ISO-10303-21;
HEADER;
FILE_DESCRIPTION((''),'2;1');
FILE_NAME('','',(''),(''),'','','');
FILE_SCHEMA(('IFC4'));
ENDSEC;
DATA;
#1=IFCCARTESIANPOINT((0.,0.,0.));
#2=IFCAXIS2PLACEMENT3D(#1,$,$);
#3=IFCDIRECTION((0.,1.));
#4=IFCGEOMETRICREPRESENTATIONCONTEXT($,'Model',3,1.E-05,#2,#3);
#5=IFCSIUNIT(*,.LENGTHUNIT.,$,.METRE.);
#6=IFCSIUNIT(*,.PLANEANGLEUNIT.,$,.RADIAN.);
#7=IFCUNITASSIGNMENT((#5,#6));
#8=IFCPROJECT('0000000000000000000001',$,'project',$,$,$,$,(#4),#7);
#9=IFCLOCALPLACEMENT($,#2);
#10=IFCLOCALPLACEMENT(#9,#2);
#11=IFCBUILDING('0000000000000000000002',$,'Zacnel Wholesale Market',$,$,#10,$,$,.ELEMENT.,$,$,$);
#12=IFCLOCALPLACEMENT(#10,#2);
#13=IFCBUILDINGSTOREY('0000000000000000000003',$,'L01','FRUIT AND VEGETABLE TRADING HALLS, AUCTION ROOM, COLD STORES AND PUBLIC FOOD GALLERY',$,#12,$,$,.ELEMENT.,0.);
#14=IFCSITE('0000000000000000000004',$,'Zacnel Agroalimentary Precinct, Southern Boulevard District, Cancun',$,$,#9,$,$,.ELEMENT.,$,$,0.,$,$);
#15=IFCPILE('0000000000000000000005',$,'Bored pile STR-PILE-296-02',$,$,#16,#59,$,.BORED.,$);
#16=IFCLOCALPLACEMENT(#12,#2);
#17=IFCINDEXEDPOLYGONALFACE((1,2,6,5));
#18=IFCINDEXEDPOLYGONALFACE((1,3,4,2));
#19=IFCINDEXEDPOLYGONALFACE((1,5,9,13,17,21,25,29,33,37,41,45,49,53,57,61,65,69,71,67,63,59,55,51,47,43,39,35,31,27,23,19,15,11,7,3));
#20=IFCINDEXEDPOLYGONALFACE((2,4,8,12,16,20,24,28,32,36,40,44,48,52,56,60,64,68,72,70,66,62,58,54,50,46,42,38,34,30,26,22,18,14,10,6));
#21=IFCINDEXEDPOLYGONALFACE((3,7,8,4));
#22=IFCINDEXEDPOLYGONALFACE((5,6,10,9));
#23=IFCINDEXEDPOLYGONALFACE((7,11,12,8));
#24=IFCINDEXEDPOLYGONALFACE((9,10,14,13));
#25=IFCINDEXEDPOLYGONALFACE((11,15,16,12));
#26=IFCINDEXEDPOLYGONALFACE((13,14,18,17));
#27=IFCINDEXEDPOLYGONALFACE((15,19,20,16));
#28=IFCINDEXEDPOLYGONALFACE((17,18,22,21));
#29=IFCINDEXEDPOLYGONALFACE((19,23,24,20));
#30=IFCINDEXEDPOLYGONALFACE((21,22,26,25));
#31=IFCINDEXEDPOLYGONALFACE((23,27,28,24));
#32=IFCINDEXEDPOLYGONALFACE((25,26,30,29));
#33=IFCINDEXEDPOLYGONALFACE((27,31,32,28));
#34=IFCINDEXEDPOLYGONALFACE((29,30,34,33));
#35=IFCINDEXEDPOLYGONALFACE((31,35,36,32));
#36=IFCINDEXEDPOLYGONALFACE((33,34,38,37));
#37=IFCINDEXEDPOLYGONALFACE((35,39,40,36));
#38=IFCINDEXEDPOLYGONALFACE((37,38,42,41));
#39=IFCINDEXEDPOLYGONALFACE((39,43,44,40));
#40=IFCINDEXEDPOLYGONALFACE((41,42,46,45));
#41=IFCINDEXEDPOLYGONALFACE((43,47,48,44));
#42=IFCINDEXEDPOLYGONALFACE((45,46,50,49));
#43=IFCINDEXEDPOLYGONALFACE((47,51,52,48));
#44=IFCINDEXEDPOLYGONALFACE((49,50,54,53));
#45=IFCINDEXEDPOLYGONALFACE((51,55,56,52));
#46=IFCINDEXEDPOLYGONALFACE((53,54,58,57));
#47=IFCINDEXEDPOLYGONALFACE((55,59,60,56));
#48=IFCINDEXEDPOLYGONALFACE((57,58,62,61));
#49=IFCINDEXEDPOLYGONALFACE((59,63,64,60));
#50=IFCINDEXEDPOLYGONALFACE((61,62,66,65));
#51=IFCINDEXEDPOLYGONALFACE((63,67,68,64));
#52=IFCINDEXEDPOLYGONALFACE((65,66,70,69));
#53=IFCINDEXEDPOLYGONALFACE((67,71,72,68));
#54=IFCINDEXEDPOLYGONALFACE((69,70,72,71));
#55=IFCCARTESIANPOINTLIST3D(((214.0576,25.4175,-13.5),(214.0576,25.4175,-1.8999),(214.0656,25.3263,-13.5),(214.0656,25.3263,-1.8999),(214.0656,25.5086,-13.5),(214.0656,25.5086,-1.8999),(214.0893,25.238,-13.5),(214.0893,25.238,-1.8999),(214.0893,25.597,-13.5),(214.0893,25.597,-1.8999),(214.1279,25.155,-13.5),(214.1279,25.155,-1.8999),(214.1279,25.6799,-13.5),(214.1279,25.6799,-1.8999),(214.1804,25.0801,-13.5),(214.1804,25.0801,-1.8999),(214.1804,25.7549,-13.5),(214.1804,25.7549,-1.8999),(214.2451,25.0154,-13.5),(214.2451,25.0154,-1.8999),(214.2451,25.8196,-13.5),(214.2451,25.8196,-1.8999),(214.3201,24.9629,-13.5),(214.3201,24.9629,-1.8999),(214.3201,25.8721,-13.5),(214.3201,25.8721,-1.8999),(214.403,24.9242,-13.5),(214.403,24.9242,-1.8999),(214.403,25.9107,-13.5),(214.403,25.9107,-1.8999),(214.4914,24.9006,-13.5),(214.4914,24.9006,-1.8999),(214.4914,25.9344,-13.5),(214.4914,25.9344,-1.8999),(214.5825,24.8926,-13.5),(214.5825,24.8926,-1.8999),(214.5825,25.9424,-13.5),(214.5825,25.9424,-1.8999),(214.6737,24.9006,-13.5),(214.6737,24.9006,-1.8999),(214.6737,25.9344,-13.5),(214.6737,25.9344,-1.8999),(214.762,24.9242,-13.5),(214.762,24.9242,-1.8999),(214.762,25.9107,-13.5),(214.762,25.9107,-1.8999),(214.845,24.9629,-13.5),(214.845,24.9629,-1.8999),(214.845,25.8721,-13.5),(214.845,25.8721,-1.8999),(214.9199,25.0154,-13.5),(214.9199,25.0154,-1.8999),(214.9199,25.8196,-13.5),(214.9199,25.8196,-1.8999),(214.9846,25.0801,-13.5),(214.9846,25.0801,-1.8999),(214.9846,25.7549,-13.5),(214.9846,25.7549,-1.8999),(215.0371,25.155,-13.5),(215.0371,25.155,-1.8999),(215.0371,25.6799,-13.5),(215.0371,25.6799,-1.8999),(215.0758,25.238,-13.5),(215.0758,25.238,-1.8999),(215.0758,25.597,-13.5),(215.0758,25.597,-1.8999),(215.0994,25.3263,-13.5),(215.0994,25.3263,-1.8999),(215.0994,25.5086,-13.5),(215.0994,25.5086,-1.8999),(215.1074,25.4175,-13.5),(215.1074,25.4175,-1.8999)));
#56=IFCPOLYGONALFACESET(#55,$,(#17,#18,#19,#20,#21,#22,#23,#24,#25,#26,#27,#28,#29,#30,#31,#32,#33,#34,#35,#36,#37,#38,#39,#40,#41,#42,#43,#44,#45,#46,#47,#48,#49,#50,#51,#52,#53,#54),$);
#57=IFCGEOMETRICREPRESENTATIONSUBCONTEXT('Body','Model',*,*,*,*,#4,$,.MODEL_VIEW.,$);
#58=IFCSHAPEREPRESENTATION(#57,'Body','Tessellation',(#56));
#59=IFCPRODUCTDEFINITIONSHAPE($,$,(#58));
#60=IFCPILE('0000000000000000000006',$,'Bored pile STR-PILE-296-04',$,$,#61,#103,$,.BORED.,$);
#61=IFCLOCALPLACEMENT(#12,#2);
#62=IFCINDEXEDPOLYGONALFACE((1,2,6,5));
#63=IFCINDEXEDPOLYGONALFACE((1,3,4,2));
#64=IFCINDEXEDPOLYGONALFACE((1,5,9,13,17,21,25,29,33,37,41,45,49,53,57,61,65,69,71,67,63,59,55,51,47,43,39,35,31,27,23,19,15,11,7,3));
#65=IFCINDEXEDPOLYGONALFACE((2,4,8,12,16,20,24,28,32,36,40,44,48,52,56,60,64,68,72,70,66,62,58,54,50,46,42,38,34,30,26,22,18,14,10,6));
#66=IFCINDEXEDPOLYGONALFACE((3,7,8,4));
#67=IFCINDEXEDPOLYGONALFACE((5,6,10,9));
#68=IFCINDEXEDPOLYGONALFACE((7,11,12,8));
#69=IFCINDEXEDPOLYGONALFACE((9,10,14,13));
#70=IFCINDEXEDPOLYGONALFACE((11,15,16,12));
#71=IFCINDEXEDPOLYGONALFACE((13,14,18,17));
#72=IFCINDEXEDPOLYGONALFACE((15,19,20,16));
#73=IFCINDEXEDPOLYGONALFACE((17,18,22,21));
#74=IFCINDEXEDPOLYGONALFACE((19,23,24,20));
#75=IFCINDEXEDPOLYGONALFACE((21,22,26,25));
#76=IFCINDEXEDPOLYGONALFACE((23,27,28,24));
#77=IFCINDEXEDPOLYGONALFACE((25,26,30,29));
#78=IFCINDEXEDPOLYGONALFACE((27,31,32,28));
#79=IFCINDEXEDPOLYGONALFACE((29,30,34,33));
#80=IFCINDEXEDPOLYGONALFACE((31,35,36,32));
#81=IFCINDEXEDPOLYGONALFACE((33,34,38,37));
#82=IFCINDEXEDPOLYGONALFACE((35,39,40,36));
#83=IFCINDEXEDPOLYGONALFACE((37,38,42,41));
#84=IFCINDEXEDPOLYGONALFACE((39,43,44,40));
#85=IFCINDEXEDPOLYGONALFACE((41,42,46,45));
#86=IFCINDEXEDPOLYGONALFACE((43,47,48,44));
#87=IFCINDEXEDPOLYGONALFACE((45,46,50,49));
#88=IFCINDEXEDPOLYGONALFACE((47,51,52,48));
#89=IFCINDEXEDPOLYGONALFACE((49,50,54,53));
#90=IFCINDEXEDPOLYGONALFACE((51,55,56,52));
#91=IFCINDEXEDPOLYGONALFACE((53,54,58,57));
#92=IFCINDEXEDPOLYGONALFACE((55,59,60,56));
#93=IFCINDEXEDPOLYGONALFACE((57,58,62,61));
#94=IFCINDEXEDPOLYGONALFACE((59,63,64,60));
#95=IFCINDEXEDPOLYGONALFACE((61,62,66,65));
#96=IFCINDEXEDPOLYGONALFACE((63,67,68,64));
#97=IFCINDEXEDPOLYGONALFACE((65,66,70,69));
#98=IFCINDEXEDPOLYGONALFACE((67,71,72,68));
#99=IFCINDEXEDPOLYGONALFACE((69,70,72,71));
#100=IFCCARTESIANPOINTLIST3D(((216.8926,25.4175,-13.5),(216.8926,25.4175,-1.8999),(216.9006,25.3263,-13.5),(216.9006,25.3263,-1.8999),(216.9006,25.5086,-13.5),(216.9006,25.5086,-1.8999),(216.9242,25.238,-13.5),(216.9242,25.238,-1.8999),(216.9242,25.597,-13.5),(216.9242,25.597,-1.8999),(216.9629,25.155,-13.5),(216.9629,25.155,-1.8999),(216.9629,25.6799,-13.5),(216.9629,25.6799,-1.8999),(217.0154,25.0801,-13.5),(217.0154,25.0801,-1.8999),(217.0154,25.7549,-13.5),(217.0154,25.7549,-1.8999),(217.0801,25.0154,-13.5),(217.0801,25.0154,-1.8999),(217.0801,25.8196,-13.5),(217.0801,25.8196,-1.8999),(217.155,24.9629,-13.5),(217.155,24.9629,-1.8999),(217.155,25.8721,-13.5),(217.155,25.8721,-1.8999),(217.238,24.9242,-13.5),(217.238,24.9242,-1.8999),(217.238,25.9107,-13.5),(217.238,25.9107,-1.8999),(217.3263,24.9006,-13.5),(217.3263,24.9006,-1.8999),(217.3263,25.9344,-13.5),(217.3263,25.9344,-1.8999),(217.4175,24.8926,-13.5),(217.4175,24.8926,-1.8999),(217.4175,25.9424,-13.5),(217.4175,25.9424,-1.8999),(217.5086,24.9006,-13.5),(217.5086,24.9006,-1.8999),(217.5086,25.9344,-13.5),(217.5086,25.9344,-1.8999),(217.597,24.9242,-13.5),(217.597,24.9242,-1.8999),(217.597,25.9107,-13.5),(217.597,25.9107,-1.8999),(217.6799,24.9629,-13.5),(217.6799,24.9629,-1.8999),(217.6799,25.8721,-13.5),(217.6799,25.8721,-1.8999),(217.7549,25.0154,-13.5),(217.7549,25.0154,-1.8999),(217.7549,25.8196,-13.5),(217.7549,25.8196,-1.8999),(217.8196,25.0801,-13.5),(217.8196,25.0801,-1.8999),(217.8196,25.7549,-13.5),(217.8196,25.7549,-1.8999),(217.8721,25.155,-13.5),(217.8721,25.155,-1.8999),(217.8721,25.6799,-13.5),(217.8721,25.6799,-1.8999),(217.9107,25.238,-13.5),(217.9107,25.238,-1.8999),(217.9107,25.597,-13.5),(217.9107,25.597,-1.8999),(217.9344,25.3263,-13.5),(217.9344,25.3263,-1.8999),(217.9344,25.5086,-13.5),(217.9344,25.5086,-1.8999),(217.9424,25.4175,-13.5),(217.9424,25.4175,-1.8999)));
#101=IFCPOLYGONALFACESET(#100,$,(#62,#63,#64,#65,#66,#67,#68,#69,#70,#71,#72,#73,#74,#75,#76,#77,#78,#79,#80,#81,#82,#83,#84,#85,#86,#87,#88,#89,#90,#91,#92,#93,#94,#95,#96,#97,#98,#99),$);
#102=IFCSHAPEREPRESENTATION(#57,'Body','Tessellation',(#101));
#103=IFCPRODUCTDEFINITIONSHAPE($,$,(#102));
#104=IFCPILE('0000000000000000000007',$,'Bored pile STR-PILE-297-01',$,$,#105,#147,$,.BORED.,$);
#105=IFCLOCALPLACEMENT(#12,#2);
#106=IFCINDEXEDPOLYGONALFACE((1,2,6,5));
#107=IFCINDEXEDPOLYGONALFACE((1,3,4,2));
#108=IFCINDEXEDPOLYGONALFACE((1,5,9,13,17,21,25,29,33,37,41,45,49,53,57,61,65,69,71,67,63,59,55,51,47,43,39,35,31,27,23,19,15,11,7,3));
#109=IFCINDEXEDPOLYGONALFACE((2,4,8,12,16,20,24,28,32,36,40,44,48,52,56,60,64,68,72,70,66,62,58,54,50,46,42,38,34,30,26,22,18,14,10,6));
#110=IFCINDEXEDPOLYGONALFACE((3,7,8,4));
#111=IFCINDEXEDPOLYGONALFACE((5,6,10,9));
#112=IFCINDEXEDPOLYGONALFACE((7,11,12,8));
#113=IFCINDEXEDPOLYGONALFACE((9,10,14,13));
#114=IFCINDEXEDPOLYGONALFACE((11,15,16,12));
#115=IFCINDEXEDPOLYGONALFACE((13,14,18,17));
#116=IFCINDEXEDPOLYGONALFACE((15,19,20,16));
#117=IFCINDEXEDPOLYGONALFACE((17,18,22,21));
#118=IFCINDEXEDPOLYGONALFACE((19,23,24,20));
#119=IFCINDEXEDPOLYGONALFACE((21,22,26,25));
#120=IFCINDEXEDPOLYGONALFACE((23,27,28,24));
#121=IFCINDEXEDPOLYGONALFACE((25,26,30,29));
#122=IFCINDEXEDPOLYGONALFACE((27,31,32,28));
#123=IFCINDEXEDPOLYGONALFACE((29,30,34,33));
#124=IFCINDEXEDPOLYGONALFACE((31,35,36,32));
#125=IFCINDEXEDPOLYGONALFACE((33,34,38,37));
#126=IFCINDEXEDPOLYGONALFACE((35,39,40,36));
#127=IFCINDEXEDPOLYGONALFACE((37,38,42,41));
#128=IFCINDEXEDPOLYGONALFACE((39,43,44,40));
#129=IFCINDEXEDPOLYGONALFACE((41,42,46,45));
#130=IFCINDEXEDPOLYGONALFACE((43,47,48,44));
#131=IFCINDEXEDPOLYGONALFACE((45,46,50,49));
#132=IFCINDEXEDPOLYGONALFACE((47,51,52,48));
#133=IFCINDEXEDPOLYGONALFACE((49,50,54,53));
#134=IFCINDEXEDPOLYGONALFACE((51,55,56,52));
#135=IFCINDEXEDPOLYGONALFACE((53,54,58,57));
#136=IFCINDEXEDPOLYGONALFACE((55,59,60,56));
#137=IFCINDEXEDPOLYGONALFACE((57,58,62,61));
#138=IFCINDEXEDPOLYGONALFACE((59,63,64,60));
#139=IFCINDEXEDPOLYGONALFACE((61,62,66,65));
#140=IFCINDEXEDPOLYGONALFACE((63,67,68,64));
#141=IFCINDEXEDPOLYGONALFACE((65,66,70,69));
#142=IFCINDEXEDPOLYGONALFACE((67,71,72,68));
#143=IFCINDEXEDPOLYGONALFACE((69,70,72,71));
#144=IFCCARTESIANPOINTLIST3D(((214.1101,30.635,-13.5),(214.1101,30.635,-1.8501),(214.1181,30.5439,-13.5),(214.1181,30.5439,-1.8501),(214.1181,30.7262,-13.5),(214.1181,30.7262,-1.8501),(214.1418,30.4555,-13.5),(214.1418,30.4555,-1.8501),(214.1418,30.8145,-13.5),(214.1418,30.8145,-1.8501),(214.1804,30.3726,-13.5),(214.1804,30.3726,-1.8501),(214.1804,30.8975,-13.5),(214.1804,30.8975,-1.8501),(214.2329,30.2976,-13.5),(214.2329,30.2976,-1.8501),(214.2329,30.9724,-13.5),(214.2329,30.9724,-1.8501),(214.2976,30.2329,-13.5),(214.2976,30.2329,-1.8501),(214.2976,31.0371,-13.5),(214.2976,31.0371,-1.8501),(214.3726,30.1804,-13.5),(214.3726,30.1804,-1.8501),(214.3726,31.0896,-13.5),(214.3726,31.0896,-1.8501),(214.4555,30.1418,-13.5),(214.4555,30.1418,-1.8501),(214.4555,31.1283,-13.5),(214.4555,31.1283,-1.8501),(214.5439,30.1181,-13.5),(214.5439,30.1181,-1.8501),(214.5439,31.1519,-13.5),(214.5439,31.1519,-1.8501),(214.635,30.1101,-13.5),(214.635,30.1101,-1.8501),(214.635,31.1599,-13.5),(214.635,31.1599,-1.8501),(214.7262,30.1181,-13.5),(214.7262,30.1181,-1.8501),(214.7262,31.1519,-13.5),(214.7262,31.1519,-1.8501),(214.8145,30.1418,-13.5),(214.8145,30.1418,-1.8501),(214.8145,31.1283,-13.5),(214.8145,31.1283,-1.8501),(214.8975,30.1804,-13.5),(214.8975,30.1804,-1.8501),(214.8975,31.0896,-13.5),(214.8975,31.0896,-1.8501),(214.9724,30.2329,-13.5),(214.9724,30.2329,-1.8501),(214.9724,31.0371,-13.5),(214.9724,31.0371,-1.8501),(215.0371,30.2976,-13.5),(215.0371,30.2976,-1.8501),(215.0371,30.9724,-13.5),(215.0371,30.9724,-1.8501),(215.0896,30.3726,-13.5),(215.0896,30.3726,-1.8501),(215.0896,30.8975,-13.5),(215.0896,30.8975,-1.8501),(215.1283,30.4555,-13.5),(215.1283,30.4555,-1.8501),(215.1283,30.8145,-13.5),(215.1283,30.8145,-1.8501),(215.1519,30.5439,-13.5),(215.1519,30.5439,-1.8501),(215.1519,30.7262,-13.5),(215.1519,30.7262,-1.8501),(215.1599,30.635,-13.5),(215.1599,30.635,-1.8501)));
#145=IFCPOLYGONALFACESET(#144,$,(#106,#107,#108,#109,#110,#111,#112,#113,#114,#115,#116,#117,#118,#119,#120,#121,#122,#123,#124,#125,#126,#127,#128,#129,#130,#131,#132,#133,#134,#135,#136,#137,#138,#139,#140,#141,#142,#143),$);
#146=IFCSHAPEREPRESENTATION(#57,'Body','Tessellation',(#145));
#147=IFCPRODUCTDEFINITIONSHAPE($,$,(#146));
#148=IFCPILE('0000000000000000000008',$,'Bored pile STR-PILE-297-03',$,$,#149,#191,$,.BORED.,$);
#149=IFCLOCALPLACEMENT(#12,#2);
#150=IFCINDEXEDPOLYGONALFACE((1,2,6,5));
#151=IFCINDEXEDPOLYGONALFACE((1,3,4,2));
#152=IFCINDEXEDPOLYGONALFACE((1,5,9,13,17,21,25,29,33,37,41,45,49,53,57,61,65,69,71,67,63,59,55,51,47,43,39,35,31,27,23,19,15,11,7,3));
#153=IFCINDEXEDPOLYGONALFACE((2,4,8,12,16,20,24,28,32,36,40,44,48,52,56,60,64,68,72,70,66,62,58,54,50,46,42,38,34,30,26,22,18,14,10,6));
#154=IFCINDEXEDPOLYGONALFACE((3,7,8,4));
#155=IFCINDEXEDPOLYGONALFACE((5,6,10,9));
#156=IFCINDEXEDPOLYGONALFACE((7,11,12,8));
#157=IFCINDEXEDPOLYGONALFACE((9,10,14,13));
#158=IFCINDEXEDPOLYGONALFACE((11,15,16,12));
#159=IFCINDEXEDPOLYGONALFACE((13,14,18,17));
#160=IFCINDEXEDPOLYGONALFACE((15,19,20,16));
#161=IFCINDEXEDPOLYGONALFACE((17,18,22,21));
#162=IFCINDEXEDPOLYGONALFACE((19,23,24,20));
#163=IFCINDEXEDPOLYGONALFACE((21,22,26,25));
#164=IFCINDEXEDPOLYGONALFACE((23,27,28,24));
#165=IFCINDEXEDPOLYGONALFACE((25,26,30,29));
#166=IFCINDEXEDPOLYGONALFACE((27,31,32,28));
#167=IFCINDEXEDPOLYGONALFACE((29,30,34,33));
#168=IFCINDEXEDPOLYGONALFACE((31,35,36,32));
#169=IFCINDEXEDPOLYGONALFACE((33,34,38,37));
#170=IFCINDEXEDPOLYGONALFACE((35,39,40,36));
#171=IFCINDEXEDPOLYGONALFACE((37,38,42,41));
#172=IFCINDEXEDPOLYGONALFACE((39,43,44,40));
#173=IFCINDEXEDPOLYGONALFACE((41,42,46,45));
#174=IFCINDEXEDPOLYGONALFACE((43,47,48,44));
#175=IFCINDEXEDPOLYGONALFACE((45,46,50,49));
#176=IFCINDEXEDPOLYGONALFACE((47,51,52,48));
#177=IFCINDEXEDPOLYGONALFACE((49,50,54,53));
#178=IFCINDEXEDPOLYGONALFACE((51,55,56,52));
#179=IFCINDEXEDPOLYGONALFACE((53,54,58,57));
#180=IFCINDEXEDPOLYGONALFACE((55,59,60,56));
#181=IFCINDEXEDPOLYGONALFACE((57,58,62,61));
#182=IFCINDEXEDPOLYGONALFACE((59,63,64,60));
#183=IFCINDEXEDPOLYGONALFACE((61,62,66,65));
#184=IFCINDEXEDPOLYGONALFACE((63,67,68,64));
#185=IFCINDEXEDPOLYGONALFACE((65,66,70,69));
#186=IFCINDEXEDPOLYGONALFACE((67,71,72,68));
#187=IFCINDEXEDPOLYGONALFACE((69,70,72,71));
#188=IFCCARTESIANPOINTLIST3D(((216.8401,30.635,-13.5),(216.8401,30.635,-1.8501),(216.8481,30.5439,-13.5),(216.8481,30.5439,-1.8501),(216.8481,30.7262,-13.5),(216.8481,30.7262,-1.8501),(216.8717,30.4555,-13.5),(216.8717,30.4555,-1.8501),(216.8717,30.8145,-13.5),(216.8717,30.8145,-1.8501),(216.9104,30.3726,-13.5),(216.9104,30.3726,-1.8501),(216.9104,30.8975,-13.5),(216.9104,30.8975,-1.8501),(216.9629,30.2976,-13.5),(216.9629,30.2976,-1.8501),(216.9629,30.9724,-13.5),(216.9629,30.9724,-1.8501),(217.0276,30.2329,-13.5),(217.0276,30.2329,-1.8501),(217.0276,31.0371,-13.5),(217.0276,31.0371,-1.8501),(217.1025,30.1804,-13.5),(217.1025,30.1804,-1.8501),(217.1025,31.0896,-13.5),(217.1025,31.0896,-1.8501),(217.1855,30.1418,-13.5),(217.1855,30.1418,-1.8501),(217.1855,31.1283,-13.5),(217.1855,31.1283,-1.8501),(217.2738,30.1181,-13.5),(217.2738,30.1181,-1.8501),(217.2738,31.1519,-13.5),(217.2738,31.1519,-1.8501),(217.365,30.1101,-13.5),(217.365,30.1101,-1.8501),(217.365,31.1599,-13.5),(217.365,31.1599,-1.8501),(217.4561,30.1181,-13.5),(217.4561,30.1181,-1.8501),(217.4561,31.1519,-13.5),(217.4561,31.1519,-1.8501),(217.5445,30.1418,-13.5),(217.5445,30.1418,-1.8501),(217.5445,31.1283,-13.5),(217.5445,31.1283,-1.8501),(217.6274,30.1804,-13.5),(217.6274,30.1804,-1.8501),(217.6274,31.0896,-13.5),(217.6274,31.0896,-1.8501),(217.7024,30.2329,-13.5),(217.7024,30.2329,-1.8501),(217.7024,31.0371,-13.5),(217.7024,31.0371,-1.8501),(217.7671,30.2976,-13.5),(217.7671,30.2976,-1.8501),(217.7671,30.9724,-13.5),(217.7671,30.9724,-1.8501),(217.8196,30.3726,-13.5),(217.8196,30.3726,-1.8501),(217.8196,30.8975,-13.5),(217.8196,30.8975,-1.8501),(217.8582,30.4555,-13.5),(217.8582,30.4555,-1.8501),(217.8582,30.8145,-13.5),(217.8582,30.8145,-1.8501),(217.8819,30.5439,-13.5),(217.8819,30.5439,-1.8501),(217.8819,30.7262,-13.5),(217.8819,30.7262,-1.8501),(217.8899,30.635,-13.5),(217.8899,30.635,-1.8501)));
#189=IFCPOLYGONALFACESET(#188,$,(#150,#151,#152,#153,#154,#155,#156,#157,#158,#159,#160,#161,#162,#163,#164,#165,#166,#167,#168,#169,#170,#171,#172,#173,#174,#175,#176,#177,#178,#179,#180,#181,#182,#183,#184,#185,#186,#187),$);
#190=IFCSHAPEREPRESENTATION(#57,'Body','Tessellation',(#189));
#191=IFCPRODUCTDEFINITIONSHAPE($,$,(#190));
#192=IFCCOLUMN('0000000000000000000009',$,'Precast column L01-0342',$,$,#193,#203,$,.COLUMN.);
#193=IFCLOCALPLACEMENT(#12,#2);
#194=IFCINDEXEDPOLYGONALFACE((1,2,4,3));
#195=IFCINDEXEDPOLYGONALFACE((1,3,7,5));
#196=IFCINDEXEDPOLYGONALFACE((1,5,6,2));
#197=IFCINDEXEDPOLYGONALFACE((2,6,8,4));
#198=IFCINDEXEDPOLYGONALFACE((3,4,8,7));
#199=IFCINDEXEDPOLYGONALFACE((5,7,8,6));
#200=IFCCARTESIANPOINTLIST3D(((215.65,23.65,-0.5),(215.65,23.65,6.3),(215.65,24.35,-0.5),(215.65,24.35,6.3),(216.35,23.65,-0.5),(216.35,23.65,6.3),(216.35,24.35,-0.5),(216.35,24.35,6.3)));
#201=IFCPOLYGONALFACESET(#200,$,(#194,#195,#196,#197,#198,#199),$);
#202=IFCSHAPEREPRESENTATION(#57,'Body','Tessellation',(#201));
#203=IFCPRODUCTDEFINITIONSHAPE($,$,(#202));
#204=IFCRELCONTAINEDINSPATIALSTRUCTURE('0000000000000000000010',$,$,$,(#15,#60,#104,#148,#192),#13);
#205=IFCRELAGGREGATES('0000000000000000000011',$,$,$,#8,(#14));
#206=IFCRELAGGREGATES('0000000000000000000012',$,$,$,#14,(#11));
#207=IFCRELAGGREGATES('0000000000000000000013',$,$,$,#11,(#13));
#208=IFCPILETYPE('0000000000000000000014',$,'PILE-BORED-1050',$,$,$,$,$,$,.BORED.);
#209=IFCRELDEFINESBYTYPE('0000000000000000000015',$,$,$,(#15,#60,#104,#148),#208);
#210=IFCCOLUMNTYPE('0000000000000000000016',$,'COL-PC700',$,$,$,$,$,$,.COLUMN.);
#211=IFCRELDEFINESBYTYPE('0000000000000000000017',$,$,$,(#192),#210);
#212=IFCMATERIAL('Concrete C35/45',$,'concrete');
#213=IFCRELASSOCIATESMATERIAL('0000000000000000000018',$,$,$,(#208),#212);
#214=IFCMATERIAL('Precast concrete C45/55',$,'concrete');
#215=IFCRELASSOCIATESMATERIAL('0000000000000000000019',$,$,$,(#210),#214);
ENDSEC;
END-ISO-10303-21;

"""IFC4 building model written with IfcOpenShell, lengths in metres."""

from ifc_helpers import new_model, si_unit, direction, frame, origin, origin_2d, place, context, subcontext, project, spatial, rectangle, circle, extrude, material, material_profile, profile_set, type_object, element, save


model = new_model("IFC4")

# Units and contexts
model_context = context("Model", 3, precision=1e-05, world=origin(), true_north=direction((0.0, 1.0)))
body_context = subcontext(model_context, "Body", "Model", "MODEL_VIEW")
ifc_project = project(units=[si_unit("LENGTHUNIT", "METRE"), si_unit("PLANEANGLEUNIT", "RADIAN")], contexts=[model_context])

# Site, building, storey
site_placement = place(None, origin())
site = spatial("IfcSite", under=ifc_project, at=site_placement, Name="Zacnel Agroalimentary Precinct, Southern Boulevard District, Cancun", CompositionType="ELEMENT", RefElevation=0.0)
building_placement = place(site_placement, origin())
building = spatial("IfcBuilding", under=site, at=building_placement, Name="Zacnel Wholesale Market", CompositionType="ELEMENT")
storey_placement = place(building_placement, origin())
storey = spatial("IfcBuildingStorey", under=building, at=storey_placement, Name="L01", Description="FRUIT AND VEGETABLE TRADING HALLS, AUCTION ROOM, COLD STORES AND PUBLIC FOOD GALLERY", CompositionType="ELEMENT", Elevation=0.0)

# Piles
ifc_material_1 = material(Name="Concrete C35/45", Category="concrete")
ifc_material_profile_1 = material_profile(ifc_material_1, circle(Radius=0.5249, at=origin_2d()), Name="BORED PILE D1050")
ifc_profile_set_1 = profile_set([ifc_material_profile_1], Name="Concrete C35/45")
pile_type = type_object("IfcPileType", Name="PILE-BORED-1050", PredefinedType="BORED", material=ifc_profile_set_1)
for number, where, z_axis, x_axis, name in (
    (1, (214.5825, 25.4175, -1.8999), (0.0, 0.0, -1.0), (1.0, 0.0, 0.0), "Bored pile STR-PILE-296-02"),
    (2, (217.4175, 25.4175, -1.8999), (0.0, 0.0, -1.0), (1.0, 0.0, 0.0), "Bored pile STR-PILE-296-04"),
):
    element("IfcPile", number, at=place(storey_placement, frame(where, z_axis=z_axis, x_axis=x_axis)), inside=storey, type_object=pile_type, Name=name, PredefinedType="BORED", context=body_context, shape_type="SweptSolid", body=[
        extrude(circle(Radius=0.5249, at=origin_2d()), origin(), (0.0, 0.0, 1.0), 11.6001),
    ])
for number, where, z_axis, x_axis, name in (
    (3, (214.635, 30.635, -1.8501), (0.0, 0.0, -1.0), (1.0, 0.0, 0.0), "Bored pile STR-PILE-297-01"),
    (4, (217.365, 30.635, -1.8501), (0.0, 0.0, -1.0), (1.0, 0.0, 0.0), "Bored pile STR-PILE-297-03"),
):
    element("IfcPile", number, at=place(storey_placement, frame(where, z_axis=z_axis, x_axis=x_axis)), inside=storey, type_object=pile_type, Name=name, PredefinedType="BORED", context=body_context, shape_type="SweptSolid", body=[
        extrude(circle(Radius=0.5249, at=origin_2d()), origin(), (0.0, 0.0, 1.0), 11.6499),
    ])

# Column
ifc_material_2 = material(Name="Precast concrete C45/55", Category="concrete")
ifc_material_profile_2 = material_profile(ifc_material_2, rectangle(XDim=0.7, YDim=0.7, at=origin_2d()), Name="PC 700x700")
ifc_profile_set_2 = profile_set([ifc_material_profile_2], Name="Precast concrete C45/55")
column_type = type_object("IfcColumnType", Name="COL-PC700", PredefinedType="COLUMN", material=ifc_profile_set_2)
column_placement = place(storey_placement, frame((216.0, 24.0, -0.5), z_axis=(0.0, 0.0, 1.0), x_axis=(1.0, 0.0, 0.0)))
element("IfcColumn", 5, at=column_placement, inside=storey, type_object=column_type, Name="Precast column L01-0342", PredefinedType="COLUMN", context=body_context, shape_type="SweptSolid", body=[
    extrude(rectangle(XDim=0.7, YDim=0.7, at=origin_2d()), origin(), (0.0, 0.0, 1.0), 6.8),
])

save(model, "model.ifc")
